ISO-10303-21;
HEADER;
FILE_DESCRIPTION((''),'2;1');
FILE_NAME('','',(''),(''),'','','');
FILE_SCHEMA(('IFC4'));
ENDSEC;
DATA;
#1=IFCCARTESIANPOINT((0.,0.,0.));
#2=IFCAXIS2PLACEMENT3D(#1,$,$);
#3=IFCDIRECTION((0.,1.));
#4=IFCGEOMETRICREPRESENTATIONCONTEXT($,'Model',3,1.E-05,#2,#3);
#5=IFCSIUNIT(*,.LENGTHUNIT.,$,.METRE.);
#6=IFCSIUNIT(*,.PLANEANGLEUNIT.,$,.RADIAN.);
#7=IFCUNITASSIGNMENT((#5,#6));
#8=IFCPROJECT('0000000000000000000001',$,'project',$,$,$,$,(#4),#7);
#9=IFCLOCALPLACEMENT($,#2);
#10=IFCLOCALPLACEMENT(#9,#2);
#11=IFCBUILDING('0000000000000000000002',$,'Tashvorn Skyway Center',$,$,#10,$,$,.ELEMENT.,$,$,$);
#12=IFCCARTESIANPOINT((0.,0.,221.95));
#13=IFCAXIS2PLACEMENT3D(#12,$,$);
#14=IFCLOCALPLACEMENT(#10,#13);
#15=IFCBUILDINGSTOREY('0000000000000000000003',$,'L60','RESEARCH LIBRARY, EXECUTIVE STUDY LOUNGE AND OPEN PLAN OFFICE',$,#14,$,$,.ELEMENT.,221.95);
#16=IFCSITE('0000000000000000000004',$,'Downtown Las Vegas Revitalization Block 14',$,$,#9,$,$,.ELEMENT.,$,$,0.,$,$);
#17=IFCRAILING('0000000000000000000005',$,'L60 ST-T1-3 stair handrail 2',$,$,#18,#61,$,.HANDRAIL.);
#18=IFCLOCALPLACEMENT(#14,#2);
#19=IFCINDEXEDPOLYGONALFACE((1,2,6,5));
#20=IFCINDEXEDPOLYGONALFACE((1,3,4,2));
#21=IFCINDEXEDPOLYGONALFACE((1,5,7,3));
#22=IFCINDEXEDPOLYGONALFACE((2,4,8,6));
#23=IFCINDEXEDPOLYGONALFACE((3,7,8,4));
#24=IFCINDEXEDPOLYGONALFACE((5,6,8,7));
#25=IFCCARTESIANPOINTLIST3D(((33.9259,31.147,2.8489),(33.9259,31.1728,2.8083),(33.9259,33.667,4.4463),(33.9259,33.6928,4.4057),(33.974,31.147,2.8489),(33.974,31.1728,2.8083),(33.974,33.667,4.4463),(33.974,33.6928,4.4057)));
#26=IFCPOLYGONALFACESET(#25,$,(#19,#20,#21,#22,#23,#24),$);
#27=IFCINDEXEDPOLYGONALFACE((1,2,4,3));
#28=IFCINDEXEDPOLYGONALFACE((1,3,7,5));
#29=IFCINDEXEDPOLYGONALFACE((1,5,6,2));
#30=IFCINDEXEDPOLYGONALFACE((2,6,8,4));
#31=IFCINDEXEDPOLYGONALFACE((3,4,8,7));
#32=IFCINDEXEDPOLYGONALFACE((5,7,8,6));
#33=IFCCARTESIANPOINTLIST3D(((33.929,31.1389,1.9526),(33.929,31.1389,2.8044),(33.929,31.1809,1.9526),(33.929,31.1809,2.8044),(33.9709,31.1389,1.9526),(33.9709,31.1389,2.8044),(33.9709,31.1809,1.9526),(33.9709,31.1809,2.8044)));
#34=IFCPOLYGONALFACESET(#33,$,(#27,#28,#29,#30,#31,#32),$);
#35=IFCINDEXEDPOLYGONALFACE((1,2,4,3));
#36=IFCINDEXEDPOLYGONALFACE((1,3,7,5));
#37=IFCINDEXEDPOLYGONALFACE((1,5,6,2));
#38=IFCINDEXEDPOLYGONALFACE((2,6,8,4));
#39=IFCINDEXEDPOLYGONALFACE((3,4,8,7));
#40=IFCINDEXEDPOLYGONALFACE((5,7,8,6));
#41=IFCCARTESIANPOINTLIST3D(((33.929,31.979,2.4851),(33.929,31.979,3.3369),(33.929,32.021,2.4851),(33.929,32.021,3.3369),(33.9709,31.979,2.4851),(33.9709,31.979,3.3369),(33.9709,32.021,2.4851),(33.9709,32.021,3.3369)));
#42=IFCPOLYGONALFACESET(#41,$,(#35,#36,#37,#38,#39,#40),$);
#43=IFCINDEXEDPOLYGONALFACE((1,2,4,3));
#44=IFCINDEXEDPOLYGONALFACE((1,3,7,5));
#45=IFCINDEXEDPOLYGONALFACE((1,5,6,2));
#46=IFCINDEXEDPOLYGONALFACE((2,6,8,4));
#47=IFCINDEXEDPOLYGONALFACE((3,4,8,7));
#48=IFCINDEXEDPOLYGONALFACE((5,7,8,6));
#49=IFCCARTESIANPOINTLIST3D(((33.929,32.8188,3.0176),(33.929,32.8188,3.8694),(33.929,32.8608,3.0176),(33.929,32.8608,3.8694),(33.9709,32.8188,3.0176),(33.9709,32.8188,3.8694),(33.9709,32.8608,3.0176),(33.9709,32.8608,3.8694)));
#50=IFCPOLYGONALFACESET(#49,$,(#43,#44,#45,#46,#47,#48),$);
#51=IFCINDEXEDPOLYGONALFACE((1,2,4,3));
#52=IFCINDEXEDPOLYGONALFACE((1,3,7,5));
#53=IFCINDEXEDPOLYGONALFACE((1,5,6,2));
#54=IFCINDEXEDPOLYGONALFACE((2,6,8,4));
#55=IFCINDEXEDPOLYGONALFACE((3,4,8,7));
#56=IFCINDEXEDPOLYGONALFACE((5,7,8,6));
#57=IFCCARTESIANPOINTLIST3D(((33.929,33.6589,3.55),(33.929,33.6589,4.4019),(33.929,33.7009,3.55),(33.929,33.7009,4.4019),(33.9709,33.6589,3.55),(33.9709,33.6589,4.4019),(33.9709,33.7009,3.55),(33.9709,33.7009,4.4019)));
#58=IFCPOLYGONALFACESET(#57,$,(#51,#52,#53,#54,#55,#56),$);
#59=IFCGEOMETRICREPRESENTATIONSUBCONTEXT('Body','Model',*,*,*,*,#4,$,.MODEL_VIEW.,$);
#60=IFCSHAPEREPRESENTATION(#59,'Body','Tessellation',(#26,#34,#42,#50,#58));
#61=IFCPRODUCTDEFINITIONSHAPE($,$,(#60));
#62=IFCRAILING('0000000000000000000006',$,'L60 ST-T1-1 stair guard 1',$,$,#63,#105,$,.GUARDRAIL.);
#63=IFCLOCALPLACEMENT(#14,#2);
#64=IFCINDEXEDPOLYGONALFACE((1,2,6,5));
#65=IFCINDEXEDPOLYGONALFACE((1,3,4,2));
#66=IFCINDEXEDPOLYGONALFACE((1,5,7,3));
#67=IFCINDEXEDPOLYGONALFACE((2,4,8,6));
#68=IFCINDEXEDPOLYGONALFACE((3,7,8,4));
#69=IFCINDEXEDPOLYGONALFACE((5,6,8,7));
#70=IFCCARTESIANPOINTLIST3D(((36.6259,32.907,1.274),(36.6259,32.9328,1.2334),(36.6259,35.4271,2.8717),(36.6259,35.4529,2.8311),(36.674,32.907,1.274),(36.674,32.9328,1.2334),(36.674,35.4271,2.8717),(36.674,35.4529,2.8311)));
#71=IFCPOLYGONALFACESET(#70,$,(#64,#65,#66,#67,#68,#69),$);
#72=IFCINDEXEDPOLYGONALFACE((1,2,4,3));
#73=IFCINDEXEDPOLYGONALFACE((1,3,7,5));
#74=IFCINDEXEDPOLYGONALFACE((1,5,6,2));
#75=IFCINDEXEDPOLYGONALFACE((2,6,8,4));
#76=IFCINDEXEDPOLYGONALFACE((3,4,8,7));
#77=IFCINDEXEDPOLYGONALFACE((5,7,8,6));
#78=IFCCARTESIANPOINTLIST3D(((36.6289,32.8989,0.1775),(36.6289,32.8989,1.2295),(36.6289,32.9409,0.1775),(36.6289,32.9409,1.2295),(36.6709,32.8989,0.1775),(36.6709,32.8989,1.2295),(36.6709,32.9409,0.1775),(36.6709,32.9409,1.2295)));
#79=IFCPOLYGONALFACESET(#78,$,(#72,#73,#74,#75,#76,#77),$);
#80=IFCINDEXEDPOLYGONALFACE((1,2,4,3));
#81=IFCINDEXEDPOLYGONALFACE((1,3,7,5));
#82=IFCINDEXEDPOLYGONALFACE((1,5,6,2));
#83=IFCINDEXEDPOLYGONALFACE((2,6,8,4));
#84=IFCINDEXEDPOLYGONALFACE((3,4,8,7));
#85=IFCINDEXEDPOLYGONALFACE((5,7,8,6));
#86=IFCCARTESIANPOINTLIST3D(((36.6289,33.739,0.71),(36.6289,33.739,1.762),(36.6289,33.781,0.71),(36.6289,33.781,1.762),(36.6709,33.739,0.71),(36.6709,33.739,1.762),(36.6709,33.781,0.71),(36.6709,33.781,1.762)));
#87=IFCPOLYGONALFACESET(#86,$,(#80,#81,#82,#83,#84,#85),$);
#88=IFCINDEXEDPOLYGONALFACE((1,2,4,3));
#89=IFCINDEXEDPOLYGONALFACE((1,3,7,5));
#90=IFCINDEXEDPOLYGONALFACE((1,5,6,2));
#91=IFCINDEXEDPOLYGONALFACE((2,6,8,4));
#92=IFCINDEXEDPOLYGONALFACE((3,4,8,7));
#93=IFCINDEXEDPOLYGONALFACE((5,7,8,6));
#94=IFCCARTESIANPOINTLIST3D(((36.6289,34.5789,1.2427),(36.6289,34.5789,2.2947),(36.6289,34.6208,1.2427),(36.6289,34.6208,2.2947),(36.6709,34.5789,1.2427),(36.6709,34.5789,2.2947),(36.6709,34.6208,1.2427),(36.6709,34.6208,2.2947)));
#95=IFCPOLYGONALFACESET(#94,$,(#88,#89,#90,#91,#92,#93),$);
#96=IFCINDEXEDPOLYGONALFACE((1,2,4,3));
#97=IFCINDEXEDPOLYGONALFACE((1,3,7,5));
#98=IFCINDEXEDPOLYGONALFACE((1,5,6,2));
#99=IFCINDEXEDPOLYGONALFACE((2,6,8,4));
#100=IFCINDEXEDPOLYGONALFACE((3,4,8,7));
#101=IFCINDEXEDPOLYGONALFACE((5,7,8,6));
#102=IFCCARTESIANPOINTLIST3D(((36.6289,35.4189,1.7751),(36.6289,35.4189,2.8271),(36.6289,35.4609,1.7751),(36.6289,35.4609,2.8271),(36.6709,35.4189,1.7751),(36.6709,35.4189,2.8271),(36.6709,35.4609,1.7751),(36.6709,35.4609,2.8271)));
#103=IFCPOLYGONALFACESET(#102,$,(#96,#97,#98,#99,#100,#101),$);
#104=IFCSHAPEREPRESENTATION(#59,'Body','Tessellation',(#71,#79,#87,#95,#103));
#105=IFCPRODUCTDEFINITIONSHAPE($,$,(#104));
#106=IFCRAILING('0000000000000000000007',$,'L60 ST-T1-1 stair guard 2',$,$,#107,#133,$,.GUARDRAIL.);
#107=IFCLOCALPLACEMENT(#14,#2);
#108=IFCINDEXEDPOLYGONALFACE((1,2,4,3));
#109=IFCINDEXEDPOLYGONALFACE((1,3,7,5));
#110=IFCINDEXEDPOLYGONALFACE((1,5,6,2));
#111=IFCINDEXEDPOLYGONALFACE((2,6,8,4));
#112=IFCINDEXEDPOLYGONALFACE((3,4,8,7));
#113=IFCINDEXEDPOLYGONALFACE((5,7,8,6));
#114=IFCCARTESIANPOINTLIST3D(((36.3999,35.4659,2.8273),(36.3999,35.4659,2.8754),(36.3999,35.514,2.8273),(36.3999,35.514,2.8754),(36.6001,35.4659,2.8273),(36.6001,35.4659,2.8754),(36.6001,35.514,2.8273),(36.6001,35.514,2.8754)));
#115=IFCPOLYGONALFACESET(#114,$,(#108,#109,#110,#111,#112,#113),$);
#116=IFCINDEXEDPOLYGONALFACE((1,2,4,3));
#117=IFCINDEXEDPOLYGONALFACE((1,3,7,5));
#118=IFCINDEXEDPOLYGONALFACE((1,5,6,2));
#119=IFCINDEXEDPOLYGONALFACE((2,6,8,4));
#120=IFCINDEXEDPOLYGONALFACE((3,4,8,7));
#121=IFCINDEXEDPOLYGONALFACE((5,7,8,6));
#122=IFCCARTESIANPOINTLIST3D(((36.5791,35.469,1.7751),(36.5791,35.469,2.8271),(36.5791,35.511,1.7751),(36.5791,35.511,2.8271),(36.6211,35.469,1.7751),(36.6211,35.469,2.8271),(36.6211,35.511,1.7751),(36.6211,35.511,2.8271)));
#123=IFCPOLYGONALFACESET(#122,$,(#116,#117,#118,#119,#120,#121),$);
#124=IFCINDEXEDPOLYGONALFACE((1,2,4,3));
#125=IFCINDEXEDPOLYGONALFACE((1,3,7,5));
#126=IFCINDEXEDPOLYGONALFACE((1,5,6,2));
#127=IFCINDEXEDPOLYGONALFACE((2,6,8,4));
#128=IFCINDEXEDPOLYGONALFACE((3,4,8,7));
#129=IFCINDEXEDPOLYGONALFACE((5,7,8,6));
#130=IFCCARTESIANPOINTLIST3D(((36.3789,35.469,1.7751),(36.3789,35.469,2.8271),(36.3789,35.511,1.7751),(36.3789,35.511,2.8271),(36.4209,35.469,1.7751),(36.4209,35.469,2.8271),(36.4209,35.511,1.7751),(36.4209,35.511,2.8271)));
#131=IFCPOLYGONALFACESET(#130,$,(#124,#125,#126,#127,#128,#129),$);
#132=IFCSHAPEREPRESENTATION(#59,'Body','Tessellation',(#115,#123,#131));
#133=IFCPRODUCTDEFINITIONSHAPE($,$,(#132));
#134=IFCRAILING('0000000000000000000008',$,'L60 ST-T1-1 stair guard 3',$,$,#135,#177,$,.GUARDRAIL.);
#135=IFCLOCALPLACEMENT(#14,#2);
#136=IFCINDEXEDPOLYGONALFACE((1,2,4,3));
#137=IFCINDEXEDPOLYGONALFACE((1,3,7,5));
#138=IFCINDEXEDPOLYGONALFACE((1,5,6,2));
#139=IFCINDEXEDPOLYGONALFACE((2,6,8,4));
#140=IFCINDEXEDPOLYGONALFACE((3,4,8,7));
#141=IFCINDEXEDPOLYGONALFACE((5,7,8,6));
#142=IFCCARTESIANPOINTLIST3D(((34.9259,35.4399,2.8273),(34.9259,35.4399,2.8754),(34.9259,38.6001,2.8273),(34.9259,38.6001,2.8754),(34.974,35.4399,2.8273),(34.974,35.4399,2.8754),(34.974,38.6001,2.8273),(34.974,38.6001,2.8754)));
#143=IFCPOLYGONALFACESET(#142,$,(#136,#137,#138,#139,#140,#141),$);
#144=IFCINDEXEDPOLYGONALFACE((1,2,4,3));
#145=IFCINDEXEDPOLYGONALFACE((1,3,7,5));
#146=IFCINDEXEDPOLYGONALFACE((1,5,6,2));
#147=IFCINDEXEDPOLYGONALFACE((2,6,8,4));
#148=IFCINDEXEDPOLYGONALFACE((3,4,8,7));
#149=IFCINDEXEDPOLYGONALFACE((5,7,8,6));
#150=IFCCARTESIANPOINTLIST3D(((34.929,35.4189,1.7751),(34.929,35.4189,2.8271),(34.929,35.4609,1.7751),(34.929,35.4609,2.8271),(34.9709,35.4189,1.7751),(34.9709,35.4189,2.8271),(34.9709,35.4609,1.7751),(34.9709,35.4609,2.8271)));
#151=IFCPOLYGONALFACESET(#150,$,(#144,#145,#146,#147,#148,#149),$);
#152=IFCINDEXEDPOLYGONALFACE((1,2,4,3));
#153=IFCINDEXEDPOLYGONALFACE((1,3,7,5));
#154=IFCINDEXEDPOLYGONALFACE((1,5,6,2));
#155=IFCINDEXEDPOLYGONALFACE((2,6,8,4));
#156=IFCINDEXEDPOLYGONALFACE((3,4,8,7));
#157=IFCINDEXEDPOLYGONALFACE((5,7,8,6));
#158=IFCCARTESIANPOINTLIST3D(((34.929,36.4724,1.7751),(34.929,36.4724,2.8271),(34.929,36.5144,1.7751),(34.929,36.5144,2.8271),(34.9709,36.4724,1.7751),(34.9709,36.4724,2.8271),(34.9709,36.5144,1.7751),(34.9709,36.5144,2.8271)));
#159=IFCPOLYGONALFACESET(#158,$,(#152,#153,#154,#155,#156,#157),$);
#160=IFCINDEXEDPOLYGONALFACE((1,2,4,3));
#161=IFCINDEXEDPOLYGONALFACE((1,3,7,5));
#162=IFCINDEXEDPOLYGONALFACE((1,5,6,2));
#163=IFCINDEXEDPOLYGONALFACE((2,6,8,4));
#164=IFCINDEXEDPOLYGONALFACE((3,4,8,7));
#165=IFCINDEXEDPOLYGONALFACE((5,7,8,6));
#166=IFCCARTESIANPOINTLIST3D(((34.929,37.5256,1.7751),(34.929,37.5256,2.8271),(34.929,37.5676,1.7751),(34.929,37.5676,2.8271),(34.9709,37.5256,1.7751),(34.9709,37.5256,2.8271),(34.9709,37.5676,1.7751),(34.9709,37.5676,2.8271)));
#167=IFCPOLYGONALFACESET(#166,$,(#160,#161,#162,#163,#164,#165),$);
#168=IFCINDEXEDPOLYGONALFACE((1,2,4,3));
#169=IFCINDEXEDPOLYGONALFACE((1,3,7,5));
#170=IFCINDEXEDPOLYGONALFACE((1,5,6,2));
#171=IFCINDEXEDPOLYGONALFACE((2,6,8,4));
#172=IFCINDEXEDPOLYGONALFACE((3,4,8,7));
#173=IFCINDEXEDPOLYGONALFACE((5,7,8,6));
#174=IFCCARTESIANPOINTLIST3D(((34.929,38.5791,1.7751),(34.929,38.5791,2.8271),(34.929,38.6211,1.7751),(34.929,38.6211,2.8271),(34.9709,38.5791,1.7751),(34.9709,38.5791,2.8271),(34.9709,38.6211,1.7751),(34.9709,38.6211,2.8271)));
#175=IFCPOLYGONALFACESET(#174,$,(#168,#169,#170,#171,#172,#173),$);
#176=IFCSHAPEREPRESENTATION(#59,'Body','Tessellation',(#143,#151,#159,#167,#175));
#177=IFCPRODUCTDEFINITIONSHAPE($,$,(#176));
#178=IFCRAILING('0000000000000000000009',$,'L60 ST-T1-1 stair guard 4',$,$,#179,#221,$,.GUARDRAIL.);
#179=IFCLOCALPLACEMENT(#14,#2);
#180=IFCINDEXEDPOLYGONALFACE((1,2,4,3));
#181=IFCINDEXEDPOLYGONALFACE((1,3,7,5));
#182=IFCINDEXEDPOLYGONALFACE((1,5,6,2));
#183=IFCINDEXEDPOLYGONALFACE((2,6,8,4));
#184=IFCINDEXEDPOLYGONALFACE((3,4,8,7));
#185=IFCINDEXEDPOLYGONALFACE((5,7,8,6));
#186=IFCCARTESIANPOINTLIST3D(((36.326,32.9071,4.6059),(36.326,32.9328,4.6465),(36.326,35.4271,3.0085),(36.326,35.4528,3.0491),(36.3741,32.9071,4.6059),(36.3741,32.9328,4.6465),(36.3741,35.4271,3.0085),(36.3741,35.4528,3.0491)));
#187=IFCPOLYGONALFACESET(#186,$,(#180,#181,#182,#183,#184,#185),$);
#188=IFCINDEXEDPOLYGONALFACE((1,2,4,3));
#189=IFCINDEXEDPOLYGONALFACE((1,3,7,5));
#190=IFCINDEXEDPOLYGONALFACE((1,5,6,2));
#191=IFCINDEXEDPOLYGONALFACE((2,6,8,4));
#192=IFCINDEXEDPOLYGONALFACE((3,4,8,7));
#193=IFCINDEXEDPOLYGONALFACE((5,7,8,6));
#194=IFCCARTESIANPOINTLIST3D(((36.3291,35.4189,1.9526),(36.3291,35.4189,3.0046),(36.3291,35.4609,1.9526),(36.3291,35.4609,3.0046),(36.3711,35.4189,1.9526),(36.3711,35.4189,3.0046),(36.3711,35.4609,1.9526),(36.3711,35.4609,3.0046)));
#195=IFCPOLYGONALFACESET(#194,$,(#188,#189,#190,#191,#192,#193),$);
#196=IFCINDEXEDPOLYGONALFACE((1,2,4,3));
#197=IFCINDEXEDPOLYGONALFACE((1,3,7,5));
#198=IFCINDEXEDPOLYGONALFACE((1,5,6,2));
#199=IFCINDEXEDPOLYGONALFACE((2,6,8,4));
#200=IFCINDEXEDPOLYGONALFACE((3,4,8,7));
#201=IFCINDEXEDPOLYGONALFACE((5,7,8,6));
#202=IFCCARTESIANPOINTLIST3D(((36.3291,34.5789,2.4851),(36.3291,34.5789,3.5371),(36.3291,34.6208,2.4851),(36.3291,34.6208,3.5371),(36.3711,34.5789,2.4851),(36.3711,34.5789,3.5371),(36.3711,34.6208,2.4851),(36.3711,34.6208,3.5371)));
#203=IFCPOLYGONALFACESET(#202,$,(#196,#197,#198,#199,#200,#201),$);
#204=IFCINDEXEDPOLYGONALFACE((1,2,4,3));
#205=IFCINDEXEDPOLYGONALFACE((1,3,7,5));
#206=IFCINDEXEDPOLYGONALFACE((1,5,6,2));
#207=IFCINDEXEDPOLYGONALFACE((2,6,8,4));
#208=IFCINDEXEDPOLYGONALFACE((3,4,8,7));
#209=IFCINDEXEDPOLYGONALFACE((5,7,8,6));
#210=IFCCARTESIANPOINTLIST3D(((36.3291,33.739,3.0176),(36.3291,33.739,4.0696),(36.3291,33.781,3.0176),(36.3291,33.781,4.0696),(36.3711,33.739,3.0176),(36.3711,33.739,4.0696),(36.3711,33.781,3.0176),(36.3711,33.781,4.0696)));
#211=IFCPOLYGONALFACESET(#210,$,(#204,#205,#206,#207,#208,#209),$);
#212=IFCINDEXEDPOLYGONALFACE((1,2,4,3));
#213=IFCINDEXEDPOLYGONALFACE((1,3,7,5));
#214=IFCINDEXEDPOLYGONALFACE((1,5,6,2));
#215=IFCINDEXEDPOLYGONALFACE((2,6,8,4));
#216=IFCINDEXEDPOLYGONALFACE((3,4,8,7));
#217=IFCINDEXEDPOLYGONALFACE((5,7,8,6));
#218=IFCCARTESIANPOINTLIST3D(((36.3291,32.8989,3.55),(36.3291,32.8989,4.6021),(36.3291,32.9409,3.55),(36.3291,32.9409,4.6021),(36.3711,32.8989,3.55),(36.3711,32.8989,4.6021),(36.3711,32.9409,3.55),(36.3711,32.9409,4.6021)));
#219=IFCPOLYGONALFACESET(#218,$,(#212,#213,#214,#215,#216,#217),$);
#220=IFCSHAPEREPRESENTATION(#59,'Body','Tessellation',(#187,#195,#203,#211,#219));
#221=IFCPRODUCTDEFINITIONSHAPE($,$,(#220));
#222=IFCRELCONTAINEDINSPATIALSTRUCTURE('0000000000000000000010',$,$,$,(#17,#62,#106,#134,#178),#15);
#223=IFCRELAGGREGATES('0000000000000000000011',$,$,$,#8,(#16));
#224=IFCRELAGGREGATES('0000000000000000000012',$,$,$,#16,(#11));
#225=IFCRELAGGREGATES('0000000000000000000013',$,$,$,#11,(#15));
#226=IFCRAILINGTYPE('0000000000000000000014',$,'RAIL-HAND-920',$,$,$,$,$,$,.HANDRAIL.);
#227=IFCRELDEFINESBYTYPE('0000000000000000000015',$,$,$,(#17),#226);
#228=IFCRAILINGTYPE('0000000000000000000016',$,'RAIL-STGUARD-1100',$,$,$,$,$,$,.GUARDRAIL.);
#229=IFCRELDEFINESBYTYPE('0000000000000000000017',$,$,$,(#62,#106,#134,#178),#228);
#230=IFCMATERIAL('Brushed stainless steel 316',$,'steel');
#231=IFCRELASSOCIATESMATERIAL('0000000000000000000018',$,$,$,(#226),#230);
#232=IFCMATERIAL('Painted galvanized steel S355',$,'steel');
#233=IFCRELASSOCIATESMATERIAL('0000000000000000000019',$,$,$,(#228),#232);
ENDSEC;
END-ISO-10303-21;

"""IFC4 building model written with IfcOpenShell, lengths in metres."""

from ifc_helpers import new_model, si_unit, direction, frame, origin, origin_2d, place, context, subcontext, project, spatial, rectangle, extrude, material, type_object, element, save


model = new_model("IFC4")

# Units and contexts
model_context = context("Model", 3, precision=1e-05, world=origin(), true_north=direction((0.0, 1.0)))
body_context = subcontext(model_context, "Body", "Model", "MODEL_VIEW")
ifc_project = project(units=[si_unit("LENGTHUNIT", "METRE"), si_unit("PLANEANGLEUNIT", "RADIAN")], contexts=[model_context])

# Site, building, storey
site_placement = place(None, origin())
site = spatial("IfcSite", under=ifc_project, at=site_placement, Name="Downtown Las Vegas Revitalization Block 14", CompositionType="ELEMENT", RefElevation=0.0)
building_placement = place(site_placement, origin())
building = spatial("IfcBuilding", under=site, at=building_placement, Name="Tashvorn Skyway Center", CompositionType="ELEMENT")
storey_placement = place(building_placement, frame((0.0, 0.0, 221.95)))
storey = spatial("IfcBuildingStorey", under=building, at=storey_placement, Name="L60", Description="RESEARCH LIBRARY, EXECUTIVE STUDY LOUNGE AND OPEN PLAN OFFICE", CompositionType="ELEMENT", Elevation=221.95)

# Railings
ifc_material_1 = material(Name="Brushed stainless steel 316", Category="steel")
railing_type_1 = type_object("IfcRailingType", Name="RAIL-HAND-920", PredefinedType="HANDRAIL", material=ifc_material_1)
railing_1_placement = place(storey_placement, frame((33.95, 31.1599, 1.9526)))
element("IfcRailing", 1, at=railing_1_placement, inside=storey, type_object=railing_type_1, Name="L60 ST-T1-3 stair handrail 2", PredefinedType="HANDRAIL", context=body_context, shape_type="SweptSolid", body=[
    extrude(rectangle(XDim=0.0481, YDim=0.0481, at=origin_2d()), frame((0.0, 0.0, 0.876), z_axis=(0.0, 0.844607, 0.535387), x_axis=(-1.0, 0.0, 0.0)), (0.0, 0.0, 1.0), 2.9836),
    extrude(rectangle(XDim=0.042, YDim=0.042, at=origin_2d()), origin(), (0.0, 0.0, 1.0), 0.8518),
    extrude(rectangle(XDim=0.042, YDim=0.042, at=origin_2d()), frame((0.0, 0.8401, 0.5325)), (0.0, 0.0, 1.0), 0.8518),
    extrude(rectangle(XDim=0.042, YDim=0.042, at=origin_2d()), frame((0.0, 1.6799, 1.0649)), (0.0, 0.0, 1.0), 0.8518),
    extrude(rectangle(XDim=0.042, YDim=0.042, at=origin_2d()), frame((0.0, 2.52, 1.5974)), (0.0, 0.0, 1.0), 0.8518),
])
ifc_material_2 = material(Name="Painted galvanized steel S355", Category="steel")
railing_type_2 = type_object("IfcRailingType", Name="RAIL-STGUARD-1100", PredefinedType="GUARDRAIL", material=ifc_material_2)
railing_2_placement = place(storey_placement, frame((36.6499, 32.9199, 0.1775)))
element("IfcRailing", 2, at=railing_2_placement, inside=storey, type_object=railing_type_2, Name="L60 ST-T1-1 stair guard 1", PredefinedType="GUARDRAIL", context=body_context, shape_type="SweptSolid", body=[
    extrude(rectangle(XDim=0.0481, YDim=0.0481, at=origin_2d()), frame((0.0, 0.0, 1.0762), z_axis=(0.0, 0.84457, 0.535445), x_axis=(-1.0, 0.0, 0.0)), (0.0, 0.0, 1.0), 2.9839),
    extrude(rectangle(XDim=0.042, YDim=0.042, at=origin_2d()), origin(), (0.0, 0.0, 1.0), 1.052),
    extrude(rectangle(XDim=0.042, YDim=0.042, at=origin_2d()), frame((0.0, 0.8401, 0.5325)), (0.0, 0.0, 1.0), 1.052),
    extrude(rectangle(XDim=0.042, YDim=0.042, at=origin_2d()), frame((0.0, 1.6799, 1.0652)), (0.0, 0.0, 1.0), 1.052),
    extrude(rectangle(XDim=0.042, YDim=0.042, at=origin_2d()), frame((0.0, 2.52, 1.5977)), (0.0, 0.0, 1.0), 1.052),
])
railing_3_placement = place(storey_placement, frame((36.6001, 35.49, 1.7751)))
element("IfcRailing", 3, at=railing_3_placement, inside=storey, type_object=railing_type_2, Name="L60 ST-T1-1 stair guard 2", PredefinedType="GUARDRAIL", context=body_context, shape_type="SweptSolid", body=[
    extrude(rectangle(XDim=0.0481, YDim=0.0481, at=origin_2d()), frame((0.0, 0.0, 1.0762), z_axis=(-1.0, 0.0, 0.0), x_axis=(0.0, -1.0, 0.0)), (0.0, 0.0, 1.0), 0.2002),
    extrude(rectangle(XDim=0.042, YDim=0.042, at=origin_2d()), origin(), (0.0, 0.0, 1.0), 1.052),
    extrude(rectangle(XDim=0.042, YDim=0.042, at=origin_2d()), frame((-0.2002, 0.0, 0.0)), (0.0, 0.0, 1.0), 1.052),
])
railing_4_placement = place(storey_placement, frame((34.95, 35.4399, 1.7751)))
element("IfcRailing", 4, at=railing_4_placement, inside=storey, type_object=railing_type_2, Name="L60 ST-T1-1 stair guard 3", PredefinedType="GUARDRAIL", context=body_context, shape_type="SweptSolid", body=[
    extrude(rectangle(XDim=0.0481, YDim=0.0481, at=origin_2d()), frame((0.0, 0.0, 1.0762), z_axis=(0.0, 1.0, 0.0), x_axis=(-1.0, 0.0, 0.0)), (0.0, 0.0, 1.0), 3.1602),
    extrude(rectangle(XDim=0.042, YDim=0.042, at=origin_2d()), origin(), (0.0, 0.0, 1.0), 1.052),
    extrude(rectangle(XDim=0.042, YDim=0.042, at=origin_2d()), frame((0.0, 1.0535, 0.0)), (0.0, 0.0, 1.0), 1.052),
    extrude(rectangle(XDim=0.042, YDim=0.042, at=origin_2d()), frame((0.0, 2.1067, 0.0)), (0.0, 0.0, 1.0), 1.052),
    extrude(rectangle(XDim=0.042, YDim=0.042, at=origin_2d()), frame((0.0, 3.1602, 0.0)), (0.0, 0.0, 1.0), 1.052),
])
railing_5_placement = place(storey_placement, frame((36.3501, 35.4399, 1.9526)))
element("IfcRailing", 5, at=railing_5_placement, inside=storey, type_object=railing_type_2, Name="L60 ST-T1-1 stair guard 4", PredefinedType="GUARDRAIL", context=body_context, shape_type="SweptSolid", body=[
    extrude(rectangle(XDim=0.0481, YDim=0.0481, at=origin_2d()), frame((0.0, 0.0, 1.0762), z_axis=(0.0, -0.844607, 0.535387), x_axis=(1.0, 0.0, 0.0)), (0.0, 0.0, 1.0), 2.9836),
    extrude(rectangle(XDim=0.042, YDim=0.042, at=origin_2d()), origin(), (0.0, 0.0, 1.0), 1.052),
    extrude(rectangle(XDim=0.042, YDim=0.042, at=origin_2d()), frame((0.0, -0.8401, 0.5325)), (0.0, 0.0, 1.0), 1.052),
    extrude(rectangle(XDim=0.042, YDim=0.042, at=origin_2d()), frame((0.0, -1.6799, 1.0649)), (0.0, 0.0, 1.0), 1.052),
    extrude(rectangle(XDim=0.042, YDim=0.042, at=origin_2d()), frame((0.0, -2.52, 1.5974)), (0.0, 0.0, 1.0), 1.052),
])

save(model, "model.ifc")
